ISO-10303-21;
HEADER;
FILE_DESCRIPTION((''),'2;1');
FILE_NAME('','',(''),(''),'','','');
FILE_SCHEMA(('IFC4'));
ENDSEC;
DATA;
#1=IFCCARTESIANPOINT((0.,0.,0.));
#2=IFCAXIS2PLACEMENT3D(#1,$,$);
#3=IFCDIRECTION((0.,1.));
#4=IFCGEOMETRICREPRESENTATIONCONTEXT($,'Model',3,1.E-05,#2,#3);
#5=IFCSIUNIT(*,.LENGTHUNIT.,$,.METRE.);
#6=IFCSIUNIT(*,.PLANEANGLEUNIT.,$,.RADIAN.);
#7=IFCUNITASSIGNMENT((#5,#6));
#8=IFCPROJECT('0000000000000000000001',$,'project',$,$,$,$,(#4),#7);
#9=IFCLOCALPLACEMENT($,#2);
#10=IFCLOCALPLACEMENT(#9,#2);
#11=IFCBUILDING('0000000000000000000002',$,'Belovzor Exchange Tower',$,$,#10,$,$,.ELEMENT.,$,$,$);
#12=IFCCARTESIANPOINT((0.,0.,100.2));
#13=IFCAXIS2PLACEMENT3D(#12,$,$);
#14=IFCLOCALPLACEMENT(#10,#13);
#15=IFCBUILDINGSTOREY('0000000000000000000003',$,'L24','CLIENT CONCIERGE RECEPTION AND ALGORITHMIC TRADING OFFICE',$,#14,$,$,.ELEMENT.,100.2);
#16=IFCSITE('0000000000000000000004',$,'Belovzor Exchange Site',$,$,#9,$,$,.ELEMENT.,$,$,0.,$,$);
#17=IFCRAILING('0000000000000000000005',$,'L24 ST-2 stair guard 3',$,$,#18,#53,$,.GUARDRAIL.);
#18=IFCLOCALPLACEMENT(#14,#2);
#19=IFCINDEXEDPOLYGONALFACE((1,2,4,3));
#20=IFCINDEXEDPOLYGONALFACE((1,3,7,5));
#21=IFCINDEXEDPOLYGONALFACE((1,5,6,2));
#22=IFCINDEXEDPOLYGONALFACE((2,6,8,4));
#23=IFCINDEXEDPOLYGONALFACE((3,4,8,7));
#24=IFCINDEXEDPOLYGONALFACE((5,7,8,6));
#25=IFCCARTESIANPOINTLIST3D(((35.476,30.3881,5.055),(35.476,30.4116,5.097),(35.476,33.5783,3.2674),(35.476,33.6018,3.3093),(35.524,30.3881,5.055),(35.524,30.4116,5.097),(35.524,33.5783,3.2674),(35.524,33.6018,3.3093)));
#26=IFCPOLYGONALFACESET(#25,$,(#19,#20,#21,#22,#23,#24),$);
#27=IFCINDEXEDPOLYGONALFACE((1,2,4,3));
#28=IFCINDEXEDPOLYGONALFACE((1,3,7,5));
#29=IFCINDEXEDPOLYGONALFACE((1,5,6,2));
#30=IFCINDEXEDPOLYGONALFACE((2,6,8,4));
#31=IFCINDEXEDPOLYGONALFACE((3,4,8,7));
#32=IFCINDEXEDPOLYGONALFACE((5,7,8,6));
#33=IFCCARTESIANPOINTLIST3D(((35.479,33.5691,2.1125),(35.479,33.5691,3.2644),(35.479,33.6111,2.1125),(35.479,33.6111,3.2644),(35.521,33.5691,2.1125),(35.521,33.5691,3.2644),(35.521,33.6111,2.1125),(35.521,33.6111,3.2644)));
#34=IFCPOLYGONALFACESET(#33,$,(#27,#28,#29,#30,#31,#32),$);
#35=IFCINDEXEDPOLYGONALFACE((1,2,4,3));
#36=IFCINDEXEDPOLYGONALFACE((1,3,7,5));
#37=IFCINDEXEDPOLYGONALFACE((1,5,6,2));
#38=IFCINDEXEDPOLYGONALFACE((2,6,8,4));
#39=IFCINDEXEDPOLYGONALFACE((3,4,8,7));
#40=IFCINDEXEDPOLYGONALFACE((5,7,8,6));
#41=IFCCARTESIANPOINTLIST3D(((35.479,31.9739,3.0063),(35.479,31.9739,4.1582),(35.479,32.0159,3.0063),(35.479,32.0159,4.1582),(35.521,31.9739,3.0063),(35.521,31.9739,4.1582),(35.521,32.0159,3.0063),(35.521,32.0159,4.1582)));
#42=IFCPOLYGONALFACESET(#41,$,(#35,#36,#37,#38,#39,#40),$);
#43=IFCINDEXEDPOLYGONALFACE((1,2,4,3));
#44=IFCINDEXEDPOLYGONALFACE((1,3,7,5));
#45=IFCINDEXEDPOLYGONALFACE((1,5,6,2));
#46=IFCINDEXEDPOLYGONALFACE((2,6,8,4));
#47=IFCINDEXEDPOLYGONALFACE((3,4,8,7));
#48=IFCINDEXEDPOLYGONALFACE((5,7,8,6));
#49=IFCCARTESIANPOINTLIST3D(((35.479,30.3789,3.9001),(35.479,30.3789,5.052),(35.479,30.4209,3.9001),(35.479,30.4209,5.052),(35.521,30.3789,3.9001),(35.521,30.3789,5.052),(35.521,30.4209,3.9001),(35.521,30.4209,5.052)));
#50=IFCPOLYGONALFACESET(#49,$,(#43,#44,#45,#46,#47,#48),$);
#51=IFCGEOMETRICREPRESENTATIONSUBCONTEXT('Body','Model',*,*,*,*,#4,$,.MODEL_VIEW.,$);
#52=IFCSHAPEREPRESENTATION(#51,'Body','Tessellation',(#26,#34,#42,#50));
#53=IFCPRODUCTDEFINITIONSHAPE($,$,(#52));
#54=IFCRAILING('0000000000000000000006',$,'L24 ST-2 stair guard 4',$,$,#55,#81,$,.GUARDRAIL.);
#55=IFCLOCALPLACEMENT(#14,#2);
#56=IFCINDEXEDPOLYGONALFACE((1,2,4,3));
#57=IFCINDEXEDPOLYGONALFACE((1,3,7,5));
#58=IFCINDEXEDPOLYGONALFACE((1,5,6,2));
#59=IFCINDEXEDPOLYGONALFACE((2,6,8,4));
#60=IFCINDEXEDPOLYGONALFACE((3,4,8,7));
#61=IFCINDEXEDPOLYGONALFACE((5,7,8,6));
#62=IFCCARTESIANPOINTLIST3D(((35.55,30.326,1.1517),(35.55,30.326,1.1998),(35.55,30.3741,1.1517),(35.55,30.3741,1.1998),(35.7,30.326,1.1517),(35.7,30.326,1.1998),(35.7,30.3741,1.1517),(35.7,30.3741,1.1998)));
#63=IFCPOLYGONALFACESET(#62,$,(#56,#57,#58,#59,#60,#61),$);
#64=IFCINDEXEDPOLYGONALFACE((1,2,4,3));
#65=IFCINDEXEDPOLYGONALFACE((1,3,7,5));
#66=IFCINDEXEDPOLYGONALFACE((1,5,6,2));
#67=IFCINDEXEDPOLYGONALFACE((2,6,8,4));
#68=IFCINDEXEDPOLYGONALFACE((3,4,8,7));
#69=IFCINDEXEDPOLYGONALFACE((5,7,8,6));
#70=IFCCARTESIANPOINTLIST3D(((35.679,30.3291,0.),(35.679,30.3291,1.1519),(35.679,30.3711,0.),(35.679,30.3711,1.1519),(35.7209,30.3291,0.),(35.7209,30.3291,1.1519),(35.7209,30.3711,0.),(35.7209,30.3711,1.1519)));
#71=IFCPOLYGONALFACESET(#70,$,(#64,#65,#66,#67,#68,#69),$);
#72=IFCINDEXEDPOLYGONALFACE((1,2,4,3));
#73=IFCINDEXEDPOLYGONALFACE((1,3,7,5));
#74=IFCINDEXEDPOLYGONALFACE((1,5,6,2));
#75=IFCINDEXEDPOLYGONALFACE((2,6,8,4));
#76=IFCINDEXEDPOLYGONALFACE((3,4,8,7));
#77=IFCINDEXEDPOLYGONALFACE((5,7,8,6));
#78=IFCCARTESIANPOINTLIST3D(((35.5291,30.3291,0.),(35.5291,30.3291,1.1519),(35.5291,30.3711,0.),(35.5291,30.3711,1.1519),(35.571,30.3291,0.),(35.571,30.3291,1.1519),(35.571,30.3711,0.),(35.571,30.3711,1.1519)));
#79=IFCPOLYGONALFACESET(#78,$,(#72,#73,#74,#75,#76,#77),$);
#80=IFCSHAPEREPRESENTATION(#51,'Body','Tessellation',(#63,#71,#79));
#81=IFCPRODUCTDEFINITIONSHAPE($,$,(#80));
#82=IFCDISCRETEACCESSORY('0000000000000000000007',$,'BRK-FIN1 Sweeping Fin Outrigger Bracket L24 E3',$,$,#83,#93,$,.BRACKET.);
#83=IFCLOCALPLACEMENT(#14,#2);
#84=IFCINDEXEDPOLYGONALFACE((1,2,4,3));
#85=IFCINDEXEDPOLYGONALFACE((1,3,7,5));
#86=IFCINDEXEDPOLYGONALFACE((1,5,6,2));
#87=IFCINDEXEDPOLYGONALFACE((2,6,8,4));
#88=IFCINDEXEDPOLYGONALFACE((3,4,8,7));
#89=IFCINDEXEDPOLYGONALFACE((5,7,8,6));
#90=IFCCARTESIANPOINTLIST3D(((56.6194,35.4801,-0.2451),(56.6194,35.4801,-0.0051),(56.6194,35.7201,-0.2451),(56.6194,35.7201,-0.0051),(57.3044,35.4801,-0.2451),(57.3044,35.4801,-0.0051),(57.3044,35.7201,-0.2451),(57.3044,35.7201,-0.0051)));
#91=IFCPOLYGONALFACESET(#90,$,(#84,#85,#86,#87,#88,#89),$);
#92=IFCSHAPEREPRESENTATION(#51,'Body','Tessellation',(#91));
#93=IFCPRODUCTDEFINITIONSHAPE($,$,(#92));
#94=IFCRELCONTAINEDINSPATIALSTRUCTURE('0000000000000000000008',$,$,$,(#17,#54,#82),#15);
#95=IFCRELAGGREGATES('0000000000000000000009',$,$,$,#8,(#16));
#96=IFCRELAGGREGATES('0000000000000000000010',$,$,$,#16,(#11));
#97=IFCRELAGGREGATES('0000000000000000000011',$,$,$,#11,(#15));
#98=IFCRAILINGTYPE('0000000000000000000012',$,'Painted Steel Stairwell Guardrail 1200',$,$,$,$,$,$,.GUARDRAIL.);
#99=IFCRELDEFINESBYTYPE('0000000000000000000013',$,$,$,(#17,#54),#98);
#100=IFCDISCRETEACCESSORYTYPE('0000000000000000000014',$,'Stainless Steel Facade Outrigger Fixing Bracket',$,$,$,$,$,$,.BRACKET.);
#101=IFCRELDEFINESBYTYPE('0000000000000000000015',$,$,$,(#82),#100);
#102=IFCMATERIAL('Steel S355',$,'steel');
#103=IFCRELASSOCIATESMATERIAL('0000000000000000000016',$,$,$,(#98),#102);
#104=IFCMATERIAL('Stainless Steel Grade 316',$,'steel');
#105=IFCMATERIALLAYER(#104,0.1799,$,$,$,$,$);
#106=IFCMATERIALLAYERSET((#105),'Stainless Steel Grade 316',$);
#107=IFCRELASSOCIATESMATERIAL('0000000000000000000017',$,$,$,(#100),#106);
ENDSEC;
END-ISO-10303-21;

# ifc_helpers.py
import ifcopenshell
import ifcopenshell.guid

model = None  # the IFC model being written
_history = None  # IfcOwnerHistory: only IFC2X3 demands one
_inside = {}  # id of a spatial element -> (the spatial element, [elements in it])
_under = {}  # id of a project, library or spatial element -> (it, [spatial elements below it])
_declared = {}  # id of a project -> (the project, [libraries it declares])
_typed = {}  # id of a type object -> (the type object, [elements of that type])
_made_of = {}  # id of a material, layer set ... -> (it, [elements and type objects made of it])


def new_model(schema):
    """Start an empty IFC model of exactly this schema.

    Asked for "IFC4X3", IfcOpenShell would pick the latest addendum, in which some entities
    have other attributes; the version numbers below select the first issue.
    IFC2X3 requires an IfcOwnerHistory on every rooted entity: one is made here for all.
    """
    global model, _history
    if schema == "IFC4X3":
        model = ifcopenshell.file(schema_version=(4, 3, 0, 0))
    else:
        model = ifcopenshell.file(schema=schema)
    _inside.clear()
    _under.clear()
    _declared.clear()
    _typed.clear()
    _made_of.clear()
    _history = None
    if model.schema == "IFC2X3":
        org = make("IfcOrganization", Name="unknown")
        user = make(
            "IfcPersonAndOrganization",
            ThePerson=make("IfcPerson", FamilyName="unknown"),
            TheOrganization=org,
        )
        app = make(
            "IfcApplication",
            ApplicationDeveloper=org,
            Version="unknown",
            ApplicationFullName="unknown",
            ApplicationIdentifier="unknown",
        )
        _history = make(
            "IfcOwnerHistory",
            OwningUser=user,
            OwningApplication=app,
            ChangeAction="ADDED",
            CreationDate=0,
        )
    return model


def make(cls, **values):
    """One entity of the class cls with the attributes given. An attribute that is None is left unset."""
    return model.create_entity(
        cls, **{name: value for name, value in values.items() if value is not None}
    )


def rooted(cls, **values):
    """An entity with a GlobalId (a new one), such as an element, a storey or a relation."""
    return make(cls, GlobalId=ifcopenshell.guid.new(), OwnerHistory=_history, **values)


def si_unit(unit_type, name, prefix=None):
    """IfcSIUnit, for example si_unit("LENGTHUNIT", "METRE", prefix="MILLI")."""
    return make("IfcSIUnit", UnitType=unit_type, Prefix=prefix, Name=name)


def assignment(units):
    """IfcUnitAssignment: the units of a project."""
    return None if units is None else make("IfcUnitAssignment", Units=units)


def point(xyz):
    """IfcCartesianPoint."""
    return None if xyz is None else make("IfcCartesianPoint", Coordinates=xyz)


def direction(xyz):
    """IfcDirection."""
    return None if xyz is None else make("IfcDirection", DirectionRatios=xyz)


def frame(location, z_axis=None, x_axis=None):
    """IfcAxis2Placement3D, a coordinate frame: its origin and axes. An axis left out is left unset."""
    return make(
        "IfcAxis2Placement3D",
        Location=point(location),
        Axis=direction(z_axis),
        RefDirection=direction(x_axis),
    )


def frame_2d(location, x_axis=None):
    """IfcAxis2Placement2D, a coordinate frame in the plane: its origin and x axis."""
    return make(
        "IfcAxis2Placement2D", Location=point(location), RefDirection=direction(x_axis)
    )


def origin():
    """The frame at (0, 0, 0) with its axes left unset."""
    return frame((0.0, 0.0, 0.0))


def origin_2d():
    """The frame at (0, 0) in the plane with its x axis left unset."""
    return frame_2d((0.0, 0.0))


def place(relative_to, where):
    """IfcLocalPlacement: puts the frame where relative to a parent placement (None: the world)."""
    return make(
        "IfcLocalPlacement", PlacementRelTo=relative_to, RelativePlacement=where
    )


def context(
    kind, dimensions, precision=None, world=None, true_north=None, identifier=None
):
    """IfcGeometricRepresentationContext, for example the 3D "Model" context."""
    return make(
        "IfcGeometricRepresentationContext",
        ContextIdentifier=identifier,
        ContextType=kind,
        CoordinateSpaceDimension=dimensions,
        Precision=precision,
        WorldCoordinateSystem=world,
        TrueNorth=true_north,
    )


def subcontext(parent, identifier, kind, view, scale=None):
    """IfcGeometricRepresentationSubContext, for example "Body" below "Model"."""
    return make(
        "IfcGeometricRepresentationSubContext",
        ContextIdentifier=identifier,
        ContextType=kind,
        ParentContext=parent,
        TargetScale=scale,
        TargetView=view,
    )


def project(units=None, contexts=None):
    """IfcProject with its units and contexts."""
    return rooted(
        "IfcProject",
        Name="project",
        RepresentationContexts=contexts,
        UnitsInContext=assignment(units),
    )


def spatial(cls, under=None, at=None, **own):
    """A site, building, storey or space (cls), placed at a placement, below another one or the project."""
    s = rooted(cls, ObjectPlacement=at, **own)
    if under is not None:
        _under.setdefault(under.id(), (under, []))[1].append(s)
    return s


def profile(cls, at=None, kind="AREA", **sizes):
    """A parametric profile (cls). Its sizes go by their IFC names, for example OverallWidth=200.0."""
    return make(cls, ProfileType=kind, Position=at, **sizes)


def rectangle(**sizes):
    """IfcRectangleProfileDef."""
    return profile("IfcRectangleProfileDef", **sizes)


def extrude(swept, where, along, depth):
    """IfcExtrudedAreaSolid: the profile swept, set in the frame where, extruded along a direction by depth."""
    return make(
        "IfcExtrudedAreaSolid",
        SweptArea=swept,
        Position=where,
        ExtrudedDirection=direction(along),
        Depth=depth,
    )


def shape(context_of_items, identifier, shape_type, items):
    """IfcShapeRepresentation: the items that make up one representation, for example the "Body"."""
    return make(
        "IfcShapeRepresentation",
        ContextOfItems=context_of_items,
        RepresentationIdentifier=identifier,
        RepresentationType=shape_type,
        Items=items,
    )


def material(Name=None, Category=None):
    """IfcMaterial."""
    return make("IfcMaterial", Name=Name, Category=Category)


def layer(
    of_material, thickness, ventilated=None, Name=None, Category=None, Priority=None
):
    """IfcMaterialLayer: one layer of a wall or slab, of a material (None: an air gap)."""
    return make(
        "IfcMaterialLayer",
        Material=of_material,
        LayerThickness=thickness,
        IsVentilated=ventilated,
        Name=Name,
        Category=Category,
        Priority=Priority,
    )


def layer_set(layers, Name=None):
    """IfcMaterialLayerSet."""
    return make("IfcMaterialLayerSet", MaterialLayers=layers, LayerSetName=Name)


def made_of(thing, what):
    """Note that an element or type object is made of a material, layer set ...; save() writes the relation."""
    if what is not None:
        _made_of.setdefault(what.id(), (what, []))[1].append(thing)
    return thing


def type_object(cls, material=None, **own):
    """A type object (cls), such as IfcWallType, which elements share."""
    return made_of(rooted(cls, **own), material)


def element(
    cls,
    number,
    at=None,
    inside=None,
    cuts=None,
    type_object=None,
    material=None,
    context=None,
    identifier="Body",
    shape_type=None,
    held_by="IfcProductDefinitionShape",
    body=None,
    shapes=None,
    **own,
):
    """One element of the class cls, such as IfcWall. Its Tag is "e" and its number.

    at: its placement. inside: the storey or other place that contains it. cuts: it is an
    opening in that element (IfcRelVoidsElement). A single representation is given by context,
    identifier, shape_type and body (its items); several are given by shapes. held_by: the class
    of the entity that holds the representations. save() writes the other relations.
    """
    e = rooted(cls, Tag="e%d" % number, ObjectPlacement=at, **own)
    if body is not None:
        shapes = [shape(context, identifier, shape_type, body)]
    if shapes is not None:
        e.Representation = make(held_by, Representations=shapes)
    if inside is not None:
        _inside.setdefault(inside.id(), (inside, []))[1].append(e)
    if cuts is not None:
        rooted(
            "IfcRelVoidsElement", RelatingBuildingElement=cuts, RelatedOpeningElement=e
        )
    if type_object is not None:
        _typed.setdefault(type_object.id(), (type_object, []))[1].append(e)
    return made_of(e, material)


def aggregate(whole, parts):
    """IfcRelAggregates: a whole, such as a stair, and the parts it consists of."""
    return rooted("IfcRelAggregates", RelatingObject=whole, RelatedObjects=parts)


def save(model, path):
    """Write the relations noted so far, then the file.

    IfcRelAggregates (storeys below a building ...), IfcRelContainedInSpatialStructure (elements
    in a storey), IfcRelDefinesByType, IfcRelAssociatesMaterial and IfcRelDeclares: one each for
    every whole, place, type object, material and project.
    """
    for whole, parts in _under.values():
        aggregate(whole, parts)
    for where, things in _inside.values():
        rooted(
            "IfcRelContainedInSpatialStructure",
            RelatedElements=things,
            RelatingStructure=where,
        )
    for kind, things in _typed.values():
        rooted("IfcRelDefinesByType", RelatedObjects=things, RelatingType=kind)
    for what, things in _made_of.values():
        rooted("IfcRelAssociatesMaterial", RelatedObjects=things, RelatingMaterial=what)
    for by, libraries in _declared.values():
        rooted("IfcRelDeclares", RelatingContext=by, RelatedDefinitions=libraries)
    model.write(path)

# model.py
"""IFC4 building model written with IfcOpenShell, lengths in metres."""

from ifc_helpers import new_model, si_unit, direction, frame, origin, origin_2d, place, context, subcontext, project, spatial, rectangle, extrude, material, layer, layer_set, type_object, element, save


model = new_model("IFC4")

# Units and contexts
model_context = context("Model", 3, precision=1e-05, world=origin(), true_north=direction((0.0, 1.0)))
body_context = subcontext(model_context, "Body", "Model", "MODEL_VIEW")
ifc_project = project(units=[si_unit("LENGTHUNIT", "METRE"), si_unit("PLANEANGLEUNIT", "RADIAN")], contexts=[model_context])

# Site, building, storey
site_placement = place(None, origin())
site = spatial("IfcSite", under=ifc_project, at=site_placement, Name="Belovzor Exchange Site", CompositionType="ELEMENT", RefElevation=0.0)
building_placement = place(site_placement, origin())
building = spatial("IfcBuilding", under=site, at=building_placement, Name="Belovzor Exchange Tower", CompositionType="ELEMENT")
storey_placement = place(building_placement, frame((0.0, 0.0, 100.2)))
storey = spatial("IfcBuildingStorey", under=building, at=storey_placement, Name="L24", Description="CLIENT CONCIERGE RECEPTION AND ALGORITHMIC TRADING OFFICE", CompositionType="ELEMENT", Elevation=100.2)

# Railings
ifc_material_1 = material(Name="Steel S355", Category="steel")
railing_type_1 = type_object("IfcRailingType", Name="Painted Steel Stairwell Guardrail 1200", PredefinedType="GUARDRAIL", material=ifc_material_1)
railing_1_placement = place(storey_placement, frame((35.5, 33.5901, 2.1125)))
element("IfcRailing", 1, at=railing_1_placement, inside=storey, type_object=railing_type_1, Name="L24 ST-2 stair guard 3", PredefinedType="GUARDRAIL", context=body_context, shape_type="SweptSolid", body=[
    extrude(rectangle(XDim=0.0481, YDim=0.0481, at=origin_2d()), frame((0.0, 0.0, 1.1758), z_axis=(0.0, -0.872378, 0.488831), x_axis=(1.0, 0.0, 0.0)), (0.0, 0.0, 1.0), 3.657),
    extrude(rectangle(XDim=0.042, YDim=0.042, at=origin_2d()), origin(), (0.0, 0.0, 1.0), 1.1519),
    extrude(rectangle(XDim=0.042, YDim=0.042, at=origin_2d()), frame((0.0, -1.5952, 0.8938)), (0.0, 0.0, 1.0), 1.1519),
    extrude(rectangle(XDim=0.042, YDim=0.042, at=origin_2d()), frame((0.0, -3.1902, 1.7876)), (0.0, 0.0, 1.0), 1.1519),
])
railing_2_placement = place(storey_placement, frame((35.7, 30.3501, 0.0)))
element("IfcRailing", 2, at=railing_2_placement, inside=storey, type_object=railing_type_1, Name="L24 ST-2 stair guard 4", PredefinedType="GUARDRAIL", context=body_context, shape_type="SweptSolid", body=[
    extrude(rectangle(XDim=0.0481, YDim=0.0481, at=origin_2d()), frame((0.0, 0.0, 1.1758), z_axis=(-1.0, 0.0, 0.0), x_axis=(0.0, -1.0, 0.0)), (0.0, 0.0, 1.0), 0.1499),
    extrude(rectangle(XDim=0.042, YDim=0.042, at=origin_2d()), origin(), (0.0, 0.0, 1.0), 1.1519),
    extrude(rectangle(XDim=0.042, YDim=0.042, at=origin_2d()), frame((-0.1499, 0.0, 0.0)), (0.0, 0.0, 1.0), 1.1519),
])

# Discrete accessory
ifc_material_2 = material(Name="Stainless Steel Grade 316", Category="steel")
ifc_layer_1 = layer(ifc_material_2, 0.1799)
ifc_layer_set_1 = layer_set([ifc_layer_1], Name="Stainless Steel Grade 316")
discrete_accessory_type = type_object("IfcDiscreteAccessoryType", Name="Stainless Steel Facade Outrigger Fixing Bracket", PredefinedType="BRACKET", material=ifc_layer_set_1)
discrete_accessory_placement = place(storey_placement, frame((56.9619, 35.6001, -0.2451), z_axis=(0.0, 0.0, 1.0), x_axis=(1.0, 0.0, 0.0)))
element("IfcDiscreteAccessory", 3, at=discrete_accessory_placement, inside=storey, type_object=discrete_accessory_type, Name="BRK-FIN1 Sweeping Fin Outrigger Bracket L24 E3", PredefinedType="BRACKET", context=body_context, shape_type="SweptSolid", body=[
    extrude(rectangle(XDim=0.6851, YDim=0.24, at=origin_2d()), origin(), (0.0, 0.0, 1.0), 0.24),
])

save(model, "model.ifc")
